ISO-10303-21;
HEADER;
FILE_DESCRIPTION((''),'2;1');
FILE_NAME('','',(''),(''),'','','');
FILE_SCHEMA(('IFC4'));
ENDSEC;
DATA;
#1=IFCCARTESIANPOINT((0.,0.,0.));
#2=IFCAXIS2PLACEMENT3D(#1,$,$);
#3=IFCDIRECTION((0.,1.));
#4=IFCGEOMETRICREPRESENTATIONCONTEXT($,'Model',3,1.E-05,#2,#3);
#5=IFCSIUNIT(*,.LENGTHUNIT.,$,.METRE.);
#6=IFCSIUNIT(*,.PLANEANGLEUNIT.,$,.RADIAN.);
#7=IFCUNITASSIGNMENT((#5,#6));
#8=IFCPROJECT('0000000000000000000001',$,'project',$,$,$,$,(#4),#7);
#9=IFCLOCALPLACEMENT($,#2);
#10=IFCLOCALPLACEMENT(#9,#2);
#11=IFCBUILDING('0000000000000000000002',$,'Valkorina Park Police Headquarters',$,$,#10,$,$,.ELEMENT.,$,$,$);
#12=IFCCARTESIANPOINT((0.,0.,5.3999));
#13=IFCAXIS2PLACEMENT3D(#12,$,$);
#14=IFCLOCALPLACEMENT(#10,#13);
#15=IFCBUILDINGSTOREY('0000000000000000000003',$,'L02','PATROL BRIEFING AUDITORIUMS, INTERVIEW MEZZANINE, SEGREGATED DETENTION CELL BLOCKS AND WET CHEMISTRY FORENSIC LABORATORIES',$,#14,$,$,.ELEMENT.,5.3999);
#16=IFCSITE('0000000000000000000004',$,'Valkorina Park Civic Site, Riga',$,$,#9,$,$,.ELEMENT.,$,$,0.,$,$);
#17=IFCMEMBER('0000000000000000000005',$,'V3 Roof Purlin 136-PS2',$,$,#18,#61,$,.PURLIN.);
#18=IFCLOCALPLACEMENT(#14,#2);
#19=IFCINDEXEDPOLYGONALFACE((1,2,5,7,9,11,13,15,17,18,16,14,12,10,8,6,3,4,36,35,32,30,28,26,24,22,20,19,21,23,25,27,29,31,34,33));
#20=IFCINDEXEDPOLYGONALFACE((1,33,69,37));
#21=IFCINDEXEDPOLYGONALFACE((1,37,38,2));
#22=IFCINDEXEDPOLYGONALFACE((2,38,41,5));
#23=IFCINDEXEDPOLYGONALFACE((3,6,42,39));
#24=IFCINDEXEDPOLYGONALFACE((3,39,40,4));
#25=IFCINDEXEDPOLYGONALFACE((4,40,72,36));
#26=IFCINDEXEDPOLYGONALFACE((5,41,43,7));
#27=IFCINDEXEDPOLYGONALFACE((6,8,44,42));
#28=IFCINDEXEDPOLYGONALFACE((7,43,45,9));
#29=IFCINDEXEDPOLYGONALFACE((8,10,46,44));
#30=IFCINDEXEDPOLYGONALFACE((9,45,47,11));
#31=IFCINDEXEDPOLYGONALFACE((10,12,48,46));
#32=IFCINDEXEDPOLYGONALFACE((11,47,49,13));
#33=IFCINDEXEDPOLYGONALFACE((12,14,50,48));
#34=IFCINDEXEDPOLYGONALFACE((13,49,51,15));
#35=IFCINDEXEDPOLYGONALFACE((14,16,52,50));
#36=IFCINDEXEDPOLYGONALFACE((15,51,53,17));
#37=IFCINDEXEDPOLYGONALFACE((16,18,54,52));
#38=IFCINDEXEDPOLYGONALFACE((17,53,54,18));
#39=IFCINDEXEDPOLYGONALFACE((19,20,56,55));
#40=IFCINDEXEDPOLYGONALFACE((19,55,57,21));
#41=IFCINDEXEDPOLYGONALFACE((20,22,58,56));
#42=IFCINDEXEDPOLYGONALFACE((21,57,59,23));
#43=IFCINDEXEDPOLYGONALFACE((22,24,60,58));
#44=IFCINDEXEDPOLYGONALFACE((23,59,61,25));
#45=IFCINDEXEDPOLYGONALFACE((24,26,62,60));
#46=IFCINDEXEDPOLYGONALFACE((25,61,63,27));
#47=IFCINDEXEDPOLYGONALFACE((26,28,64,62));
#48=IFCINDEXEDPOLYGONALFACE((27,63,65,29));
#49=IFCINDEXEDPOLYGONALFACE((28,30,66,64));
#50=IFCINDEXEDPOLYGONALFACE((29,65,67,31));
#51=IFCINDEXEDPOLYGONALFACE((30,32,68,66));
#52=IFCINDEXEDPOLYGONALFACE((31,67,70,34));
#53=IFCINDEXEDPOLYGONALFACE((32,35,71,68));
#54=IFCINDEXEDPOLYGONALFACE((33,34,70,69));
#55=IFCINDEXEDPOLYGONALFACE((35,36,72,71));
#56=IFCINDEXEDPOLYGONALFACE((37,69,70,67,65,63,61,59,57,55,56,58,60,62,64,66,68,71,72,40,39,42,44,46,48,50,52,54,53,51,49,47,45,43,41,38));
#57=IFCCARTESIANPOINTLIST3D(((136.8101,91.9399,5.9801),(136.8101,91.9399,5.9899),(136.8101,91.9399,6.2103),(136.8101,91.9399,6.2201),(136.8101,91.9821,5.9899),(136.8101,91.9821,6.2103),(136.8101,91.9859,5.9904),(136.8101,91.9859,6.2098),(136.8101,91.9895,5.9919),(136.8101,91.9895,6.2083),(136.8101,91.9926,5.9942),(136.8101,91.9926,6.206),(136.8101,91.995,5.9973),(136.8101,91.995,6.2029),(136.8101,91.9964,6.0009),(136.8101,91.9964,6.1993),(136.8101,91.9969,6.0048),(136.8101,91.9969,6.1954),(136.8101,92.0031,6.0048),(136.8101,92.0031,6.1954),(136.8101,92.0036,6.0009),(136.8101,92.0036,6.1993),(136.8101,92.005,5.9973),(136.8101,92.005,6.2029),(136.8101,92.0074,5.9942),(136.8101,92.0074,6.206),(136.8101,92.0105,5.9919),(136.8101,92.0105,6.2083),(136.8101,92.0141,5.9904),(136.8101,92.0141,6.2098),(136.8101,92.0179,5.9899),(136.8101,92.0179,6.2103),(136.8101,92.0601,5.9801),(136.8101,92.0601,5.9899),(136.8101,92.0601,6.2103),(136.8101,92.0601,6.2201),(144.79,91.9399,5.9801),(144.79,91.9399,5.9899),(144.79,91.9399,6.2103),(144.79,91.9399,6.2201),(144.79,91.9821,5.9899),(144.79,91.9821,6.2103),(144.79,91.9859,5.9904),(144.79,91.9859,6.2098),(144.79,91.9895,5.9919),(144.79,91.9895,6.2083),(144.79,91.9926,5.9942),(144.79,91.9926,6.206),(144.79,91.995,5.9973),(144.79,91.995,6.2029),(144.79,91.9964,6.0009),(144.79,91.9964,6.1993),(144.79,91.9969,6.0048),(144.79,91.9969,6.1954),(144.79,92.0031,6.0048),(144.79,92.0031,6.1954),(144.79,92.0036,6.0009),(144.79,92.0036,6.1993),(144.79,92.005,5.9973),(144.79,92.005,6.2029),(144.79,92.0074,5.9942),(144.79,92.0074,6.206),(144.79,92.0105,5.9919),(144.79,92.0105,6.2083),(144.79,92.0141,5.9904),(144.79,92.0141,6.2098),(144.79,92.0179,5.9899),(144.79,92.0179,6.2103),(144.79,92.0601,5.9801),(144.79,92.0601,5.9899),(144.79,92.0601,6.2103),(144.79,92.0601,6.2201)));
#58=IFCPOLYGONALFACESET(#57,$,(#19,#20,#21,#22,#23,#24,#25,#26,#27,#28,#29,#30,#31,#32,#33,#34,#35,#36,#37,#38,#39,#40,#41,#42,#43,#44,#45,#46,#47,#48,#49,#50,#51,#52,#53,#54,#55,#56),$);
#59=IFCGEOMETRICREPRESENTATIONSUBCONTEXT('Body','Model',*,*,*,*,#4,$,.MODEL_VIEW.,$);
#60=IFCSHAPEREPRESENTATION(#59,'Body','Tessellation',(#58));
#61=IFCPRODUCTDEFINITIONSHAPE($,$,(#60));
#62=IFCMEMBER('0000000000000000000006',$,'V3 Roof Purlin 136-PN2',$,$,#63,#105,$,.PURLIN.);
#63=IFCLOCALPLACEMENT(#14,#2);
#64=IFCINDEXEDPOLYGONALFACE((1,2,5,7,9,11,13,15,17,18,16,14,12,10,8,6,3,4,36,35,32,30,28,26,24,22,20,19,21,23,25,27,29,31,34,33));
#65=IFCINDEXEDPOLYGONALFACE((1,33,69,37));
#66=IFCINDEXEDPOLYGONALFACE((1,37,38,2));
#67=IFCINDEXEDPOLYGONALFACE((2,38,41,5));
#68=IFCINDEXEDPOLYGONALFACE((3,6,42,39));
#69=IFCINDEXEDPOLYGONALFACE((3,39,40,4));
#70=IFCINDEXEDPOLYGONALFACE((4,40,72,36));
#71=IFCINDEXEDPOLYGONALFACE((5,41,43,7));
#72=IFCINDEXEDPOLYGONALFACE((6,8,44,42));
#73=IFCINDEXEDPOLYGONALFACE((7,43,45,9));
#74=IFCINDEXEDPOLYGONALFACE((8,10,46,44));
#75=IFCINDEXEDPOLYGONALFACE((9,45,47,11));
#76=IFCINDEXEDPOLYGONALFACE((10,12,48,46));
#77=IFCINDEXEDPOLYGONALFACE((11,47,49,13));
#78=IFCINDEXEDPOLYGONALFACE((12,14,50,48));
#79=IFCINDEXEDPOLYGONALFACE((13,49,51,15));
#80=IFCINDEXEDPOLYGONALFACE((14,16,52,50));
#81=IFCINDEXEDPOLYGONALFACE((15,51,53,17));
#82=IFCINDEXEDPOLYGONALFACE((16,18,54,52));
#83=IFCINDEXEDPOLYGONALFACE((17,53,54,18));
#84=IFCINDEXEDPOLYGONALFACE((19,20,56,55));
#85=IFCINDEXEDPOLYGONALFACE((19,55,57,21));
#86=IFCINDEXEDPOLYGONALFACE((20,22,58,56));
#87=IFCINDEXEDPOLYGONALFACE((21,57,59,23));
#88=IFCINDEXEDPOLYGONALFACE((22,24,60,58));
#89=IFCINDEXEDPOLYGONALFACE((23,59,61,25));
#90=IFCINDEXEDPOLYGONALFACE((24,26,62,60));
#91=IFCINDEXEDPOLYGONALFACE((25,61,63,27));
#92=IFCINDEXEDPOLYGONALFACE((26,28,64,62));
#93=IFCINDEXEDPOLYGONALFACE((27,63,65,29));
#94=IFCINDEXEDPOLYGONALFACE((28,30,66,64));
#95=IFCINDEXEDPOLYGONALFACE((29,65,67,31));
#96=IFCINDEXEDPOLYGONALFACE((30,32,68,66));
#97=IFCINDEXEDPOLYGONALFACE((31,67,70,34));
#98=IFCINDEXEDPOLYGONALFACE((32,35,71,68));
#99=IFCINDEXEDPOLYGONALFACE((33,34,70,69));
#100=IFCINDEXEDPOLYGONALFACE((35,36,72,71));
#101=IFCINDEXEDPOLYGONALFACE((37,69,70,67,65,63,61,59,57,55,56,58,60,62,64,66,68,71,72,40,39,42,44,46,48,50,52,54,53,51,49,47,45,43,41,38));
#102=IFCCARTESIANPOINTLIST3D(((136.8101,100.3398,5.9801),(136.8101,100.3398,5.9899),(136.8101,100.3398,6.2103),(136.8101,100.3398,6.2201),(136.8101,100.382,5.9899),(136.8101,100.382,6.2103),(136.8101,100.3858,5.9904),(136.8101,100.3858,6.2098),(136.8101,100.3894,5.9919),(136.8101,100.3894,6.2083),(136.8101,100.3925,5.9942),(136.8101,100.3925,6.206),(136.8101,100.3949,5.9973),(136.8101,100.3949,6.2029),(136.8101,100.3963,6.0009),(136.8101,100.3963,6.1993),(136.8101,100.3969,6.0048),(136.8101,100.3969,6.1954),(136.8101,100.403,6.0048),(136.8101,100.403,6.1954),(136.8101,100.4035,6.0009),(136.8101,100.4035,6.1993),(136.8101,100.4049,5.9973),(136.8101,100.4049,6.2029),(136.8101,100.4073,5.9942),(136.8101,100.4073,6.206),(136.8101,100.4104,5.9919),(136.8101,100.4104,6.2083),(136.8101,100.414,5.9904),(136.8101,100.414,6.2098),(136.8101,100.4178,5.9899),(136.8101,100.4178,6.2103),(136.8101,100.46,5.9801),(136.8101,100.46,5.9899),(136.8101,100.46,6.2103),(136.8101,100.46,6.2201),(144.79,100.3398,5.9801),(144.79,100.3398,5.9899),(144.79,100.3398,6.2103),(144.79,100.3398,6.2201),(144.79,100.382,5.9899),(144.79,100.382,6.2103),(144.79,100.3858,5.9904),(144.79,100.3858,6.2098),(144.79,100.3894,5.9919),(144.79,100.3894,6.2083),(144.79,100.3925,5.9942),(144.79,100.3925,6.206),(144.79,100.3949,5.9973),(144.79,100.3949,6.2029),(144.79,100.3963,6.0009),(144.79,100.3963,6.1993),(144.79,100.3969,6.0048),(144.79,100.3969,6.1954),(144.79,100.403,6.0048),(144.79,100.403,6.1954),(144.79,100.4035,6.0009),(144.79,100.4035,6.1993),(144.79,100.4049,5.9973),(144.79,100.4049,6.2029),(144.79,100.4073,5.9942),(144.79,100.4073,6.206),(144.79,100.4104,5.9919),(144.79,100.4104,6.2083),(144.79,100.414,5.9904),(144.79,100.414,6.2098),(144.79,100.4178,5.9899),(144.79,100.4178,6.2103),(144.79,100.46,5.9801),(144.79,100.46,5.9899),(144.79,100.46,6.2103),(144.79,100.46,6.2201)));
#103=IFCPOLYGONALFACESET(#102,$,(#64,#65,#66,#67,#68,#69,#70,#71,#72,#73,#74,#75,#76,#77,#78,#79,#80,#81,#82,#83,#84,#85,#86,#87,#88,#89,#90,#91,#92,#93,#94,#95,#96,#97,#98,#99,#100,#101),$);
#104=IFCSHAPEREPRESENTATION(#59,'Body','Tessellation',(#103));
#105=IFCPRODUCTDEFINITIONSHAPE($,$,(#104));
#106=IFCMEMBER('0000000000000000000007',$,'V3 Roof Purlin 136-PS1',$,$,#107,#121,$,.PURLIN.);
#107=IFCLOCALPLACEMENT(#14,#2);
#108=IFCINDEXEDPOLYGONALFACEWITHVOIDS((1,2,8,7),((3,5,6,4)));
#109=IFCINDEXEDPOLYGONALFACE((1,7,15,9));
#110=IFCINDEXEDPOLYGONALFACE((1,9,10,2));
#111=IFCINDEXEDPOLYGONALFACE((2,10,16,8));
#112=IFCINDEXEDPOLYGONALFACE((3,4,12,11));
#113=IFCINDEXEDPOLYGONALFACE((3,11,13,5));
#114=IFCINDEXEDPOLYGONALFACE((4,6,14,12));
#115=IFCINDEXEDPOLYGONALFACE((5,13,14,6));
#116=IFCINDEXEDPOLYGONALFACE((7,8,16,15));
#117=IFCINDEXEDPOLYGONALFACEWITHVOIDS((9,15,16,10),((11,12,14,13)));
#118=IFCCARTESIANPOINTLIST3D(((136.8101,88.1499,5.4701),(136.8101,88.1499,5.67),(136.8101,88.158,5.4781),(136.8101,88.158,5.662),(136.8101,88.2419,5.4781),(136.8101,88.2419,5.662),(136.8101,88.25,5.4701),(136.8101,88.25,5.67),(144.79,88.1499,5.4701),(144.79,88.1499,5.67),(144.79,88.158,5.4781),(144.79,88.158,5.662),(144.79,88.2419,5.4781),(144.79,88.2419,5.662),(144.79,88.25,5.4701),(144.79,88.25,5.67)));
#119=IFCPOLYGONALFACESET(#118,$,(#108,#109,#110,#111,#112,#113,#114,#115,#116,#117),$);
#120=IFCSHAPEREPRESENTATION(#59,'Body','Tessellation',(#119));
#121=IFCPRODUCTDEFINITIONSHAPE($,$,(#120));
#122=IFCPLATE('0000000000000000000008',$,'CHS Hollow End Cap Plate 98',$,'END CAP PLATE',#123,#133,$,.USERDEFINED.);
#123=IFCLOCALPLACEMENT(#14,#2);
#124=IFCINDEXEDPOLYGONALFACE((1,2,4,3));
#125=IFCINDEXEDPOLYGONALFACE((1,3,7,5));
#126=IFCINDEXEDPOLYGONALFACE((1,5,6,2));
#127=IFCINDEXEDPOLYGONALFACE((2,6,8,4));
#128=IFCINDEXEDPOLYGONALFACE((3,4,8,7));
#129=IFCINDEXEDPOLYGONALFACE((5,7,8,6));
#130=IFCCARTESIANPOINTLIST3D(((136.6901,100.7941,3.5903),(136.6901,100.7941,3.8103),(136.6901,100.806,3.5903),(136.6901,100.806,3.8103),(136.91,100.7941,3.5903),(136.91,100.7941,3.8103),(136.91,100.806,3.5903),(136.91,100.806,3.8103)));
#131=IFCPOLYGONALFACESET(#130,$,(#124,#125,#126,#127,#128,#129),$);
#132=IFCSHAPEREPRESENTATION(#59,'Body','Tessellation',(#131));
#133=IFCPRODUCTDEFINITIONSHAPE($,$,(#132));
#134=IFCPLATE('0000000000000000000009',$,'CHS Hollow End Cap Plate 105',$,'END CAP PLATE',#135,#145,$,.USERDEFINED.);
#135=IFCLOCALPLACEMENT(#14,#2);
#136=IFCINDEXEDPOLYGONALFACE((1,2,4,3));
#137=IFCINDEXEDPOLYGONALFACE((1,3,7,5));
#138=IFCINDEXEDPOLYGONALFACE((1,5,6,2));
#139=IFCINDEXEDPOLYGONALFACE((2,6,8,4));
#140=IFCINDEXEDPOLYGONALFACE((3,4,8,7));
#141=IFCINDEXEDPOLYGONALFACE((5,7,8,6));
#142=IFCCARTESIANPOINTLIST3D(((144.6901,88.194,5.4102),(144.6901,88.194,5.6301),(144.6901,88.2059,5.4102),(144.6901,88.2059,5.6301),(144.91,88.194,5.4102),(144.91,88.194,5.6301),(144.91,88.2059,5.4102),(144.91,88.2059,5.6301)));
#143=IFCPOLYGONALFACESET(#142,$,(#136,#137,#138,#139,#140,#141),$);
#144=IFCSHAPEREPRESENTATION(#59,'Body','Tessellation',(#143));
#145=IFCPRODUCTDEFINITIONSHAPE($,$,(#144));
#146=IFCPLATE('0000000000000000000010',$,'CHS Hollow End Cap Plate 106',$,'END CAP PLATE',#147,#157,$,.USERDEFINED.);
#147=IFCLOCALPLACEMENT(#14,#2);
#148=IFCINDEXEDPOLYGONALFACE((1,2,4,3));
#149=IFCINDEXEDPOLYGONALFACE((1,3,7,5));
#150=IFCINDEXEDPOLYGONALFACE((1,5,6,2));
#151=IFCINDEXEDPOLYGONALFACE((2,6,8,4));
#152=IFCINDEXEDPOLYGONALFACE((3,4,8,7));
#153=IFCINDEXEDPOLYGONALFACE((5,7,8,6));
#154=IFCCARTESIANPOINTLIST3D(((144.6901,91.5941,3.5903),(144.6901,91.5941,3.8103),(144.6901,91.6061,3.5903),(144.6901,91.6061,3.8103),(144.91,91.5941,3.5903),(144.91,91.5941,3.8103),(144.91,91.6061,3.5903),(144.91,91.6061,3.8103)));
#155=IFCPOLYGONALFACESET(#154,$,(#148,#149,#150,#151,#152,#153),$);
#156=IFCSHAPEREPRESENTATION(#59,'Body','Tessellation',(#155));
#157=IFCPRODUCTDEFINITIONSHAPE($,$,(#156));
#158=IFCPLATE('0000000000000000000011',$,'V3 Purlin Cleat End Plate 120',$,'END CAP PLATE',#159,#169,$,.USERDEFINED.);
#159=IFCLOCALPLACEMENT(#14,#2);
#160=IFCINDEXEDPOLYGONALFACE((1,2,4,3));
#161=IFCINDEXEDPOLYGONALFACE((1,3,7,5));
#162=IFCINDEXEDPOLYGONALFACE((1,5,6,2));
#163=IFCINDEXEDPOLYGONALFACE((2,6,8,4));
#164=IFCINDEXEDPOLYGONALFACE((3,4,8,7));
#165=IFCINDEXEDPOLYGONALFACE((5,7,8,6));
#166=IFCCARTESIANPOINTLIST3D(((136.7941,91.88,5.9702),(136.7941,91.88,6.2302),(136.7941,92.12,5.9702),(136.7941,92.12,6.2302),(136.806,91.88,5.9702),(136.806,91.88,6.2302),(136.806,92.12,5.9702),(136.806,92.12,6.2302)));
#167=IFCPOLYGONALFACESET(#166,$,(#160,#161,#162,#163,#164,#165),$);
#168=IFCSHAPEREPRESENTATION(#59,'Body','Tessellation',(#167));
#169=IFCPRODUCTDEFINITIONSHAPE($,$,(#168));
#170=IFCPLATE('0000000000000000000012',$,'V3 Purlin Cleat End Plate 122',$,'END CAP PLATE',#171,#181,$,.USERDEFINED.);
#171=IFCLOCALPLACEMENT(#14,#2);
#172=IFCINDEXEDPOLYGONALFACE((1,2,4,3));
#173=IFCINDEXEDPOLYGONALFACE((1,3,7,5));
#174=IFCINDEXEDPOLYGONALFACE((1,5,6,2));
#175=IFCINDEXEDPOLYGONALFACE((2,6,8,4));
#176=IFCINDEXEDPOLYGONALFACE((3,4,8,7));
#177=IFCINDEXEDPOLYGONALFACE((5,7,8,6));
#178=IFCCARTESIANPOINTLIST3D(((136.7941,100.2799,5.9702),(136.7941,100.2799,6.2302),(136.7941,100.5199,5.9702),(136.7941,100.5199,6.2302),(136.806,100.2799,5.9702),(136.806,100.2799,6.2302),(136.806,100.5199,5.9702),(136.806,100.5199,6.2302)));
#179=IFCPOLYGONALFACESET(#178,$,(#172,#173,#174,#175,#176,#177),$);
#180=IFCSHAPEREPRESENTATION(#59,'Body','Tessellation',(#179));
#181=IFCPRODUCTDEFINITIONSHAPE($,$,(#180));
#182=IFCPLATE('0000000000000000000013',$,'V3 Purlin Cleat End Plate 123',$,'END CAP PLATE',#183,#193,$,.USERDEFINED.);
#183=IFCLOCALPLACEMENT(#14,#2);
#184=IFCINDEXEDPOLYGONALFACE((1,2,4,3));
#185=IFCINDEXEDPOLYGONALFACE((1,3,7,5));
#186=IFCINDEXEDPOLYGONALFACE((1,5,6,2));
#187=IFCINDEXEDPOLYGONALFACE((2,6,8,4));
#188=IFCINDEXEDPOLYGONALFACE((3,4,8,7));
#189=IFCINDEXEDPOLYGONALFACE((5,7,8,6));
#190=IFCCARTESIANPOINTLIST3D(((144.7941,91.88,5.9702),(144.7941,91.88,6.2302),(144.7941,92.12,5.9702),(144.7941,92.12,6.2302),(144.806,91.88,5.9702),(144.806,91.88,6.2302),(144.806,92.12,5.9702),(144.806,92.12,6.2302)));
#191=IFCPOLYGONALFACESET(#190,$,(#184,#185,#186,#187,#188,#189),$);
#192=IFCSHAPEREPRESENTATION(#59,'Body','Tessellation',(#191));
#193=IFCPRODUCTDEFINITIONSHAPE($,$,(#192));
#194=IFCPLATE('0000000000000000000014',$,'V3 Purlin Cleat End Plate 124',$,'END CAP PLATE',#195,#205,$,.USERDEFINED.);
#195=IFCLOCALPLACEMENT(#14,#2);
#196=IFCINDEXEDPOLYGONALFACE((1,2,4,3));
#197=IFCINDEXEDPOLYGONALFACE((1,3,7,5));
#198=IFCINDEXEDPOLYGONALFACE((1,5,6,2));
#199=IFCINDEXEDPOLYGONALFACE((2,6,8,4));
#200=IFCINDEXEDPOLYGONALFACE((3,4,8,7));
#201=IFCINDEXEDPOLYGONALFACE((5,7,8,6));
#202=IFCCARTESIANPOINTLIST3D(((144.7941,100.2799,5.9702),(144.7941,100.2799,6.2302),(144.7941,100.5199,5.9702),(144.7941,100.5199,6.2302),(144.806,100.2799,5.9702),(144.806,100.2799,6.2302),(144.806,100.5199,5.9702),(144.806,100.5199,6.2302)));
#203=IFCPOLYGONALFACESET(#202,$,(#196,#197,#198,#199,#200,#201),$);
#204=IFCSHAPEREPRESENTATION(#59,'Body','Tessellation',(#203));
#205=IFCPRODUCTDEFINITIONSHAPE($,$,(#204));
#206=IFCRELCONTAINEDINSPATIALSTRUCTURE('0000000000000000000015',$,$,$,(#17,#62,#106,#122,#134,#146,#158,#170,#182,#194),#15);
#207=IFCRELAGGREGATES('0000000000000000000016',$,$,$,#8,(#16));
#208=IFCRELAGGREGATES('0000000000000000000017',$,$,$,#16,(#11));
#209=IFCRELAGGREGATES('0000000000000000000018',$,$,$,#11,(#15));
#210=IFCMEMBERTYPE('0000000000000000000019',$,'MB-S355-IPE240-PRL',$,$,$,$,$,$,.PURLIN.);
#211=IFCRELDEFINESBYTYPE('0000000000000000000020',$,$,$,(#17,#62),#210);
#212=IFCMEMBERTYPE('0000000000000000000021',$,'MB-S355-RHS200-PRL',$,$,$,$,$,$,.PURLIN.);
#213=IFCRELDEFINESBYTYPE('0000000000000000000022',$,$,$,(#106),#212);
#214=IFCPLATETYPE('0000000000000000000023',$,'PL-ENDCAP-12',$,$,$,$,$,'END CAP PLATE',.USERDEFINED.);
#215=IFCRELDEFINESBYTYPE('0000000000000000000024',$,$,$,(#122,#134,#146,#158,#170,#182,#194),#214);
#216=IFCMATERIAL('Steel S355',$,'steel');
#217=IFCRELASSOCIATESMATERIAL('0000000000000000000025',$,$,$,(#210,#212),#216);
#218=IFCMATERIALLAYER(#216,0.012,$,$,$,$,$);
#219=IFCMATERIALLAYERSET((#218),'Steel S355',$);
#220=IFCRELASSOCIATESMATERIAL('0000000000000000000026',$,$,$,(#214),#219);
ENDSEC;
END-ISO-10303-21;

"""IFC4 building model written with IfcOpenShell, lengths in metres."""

from ifc_helpers import new_model, si_unit, direction, frame, origin, origin_2d, place, context, subcontext, project, spatial, rectangle, hollow_rectangle, i_section, extrude, material, layer, layer_set, material_profile, profile_set, type_object, element, save


model = new_model("IFC4")

# Units and contexts
model_context = context("Model", 3, precision=1e-05, world=origin(), true_north=direction((0.0, 1.0)))
body_context = subcontext(model_context, "Body", "Model", "MODEL_VIEW")
ifc_project = project(units=[si_unit("LENGTHUNIT", "METRE"), si_unit("PLANEANGLEUNIT", "RADIAN")], contexts=[model_context])

# Site, building, storey
site_placement = place(None, origin())
site = spatial("IfcSite", under=ifc_project, at=site_placement, Name="Valkorina Park Civic Site, Riga", CompositionType="ELEMENT", RefElevation=0.0)
building_placement = place(site_placement, origin())
building = spatial("IfcBuilding", under=site, at=building_placement, Name="Valkorina Park Police Headquarters", CompositionType="ELEMENT")
storey_placement = place(building_placement, frame((0.0, 0.0, 5.3999)))
storey = spatial("IfcBuildingStorey", under=building, at=storey_placement, Name="L02", Description="PATROL BRIEFING AUDITORIUMS, INTERVIEW MEZZANINE, SEGREGATED DETENTION CELL BLOCKS AND WET CHEMISTRY FORENSIC LABORATORIES", CompositionType="ELEMENT", Elevation=5.3999)

# Members
ifc_material = material(Name="Steel S355", Category="steel")
ifc_material_profile_1 = material_profile(ifc_material, i_section(OverallWidth=0.1201, OverallDepth=0.24, WebThickness=0.0061, FlangeThickness=0.0098, FilletRadius=0.0149, at=origin_2d()), Name="IPE 240")
ifc_profile_set_1 = profile_set([ifc_material_profile_1], Name="Steel S355")
member_type_1 = type_object("IfcMemberType", Name="MB-S355-IPE240-PRL", PredefinedType="PURLIN", material=ifc_profile_set_1)
for number, where, z_axis, x_axis, name in (
    (1, (136.8101, 92.0, 6.1001), (1.0, 0.0, 0.0), (0.0, 1.0, 0.0), "V3 Roof Purlin 136-PS2"),
    (2, (136.8101, 100.3999, 6.1001), (1.0, 0.0, 0.0), (0.0, 1.0, 0.0), "V3 Roof Purlin 136-PN2"),
):
    element("IfcMember", number, at=place(storey_placement, frame(where, z_axis=z_axis, x_axis=x_axis)), inside=storey, type_object=member_type_1, Name=name, PredefinedType="PURLIN", context=body_context, shape_type="SweptSolid", body=[
        extrude(i_section(OverallWidth=0.1201, OverallDepth=0.24, WebThickness=0.0061, FlangeThickness=0.0098, FilletRadius=0.0149, at=origin_2d()), origin(), (0.0, 0.0, 1.0), 7.98),
    ])
ifc_material_profile_2 = material_profile(ifc_material, hollow_rectangle(XDim=0.1001, YDim=0.2, WallThickness=0.0081, at=origin_2d()), Name="RHS 200x100x8")
ifc_profile_set_2 = profile_set([ifc_material_profile_2], Name="Steel S355")
member_type_2 = type_object("IfcMemberType", Name="MB-S355-RHS200-PRL", PredefinedType="PURLIN", material=ifc_profile_set_2)
member_1_placement = place(storey_placement, frame((136.8101, 88.2, 5.5701), z_axis=(1.0, 0.0, 0.0), x_axis=(0.0, 1.0, 0.0)))
element("IfcMember", 3, at=member_1_placement, inside=storey, type_object=member_type_2, Name="V3 Roof Purlin 136-PS1", PredefinedType="PURLIN", context=body_context, shape_type="SweptSolid", body=[
    extrude(hollow_rectangle(XDim=0.1001, YDim=0.2, WallThickness=0.0081, at=origin_2d()), origin(), (0.0, 0.0, 1.0), 7.98),
])

# Plates
ifc_layer_1 = layer(ifc_material, 0.012)
ifc_layer_set_1 = layer_set([ifc_layer_1], Name="Steel S355")
plate_type_1 = type_object("IfcPlateType", Name="PL-ENDCAP-12", ElementType="END CAP PLATE", PredefinedType="USERDEFINED", material=ifc_layer_set_1)
for number, where, z_axis, x_axis, name in (
    (4, (136.8, 100.8, 3.5903), (0.0, 0.0, 1.0), (1.0, 0.0, 0.0), "CHS Hollow End Cap Plate 98"),
    (5, (144.8, 88.2, 5.4102), (0.0, 0.0, 1.0), (1.0, 0.0, 0.0), "CHS Hollow End Cap Plate 105"),
    (6, (144.8, 91.6001, 3.5903), (0.0, 0.0, 1.0), (1.0, 0.0, 0.0), "CHS Hollow End Cap Plate 106"),
):
    element("IfcPlate", number, at=place(storey_placement, frame(where, z_axis=z_axis, x_axis=x_axis)), inside=storey, type_object=plate_type_1, Name=name, ObjectType="END CAP PLATE", PredefinedType="USERDEFINED", context=body_context, shape_type="SweptSolid", body=[
        extrude(rectangle(XDim=0.22, YDim=0.012, at=origin_2d()), origin(), (0.0, 0.0, 1.0), 0.22),
    ])
for number, where, z_axis, x_axis, name in (
    (7, (136.8, 92.0, 5.9702), (0.0, 0.0, 1.0), (1.0, 0.0, 0.0), "V3 Purlin Cleat End Plate 120"),
    (8, (136.8, 100.3999, 5.9702), (0.0, 0.0, 1.0), (1.0, 0.0, 0.0), "V3 Purlin Cleat End Plate 122"),
    (9, (144.8, 92.0, 5.9702), (0.0, 0.0, 1.0), (1.0, 0.0, 0.0), "V3 Purlin Cleat End Plate 123"),
    (10, (144.8, 100.3999, 5.9702), (0.0, 0.0, 1.0), (1.0, 0.0, 0.0), "V3 Purlin Cleat End Plate 124"),
):
    element("IfcPlate", number, at=place(storey_placement, frame(where, z_axis=z_axis, x_axis=x_axis)), inside=storey, type_object=plate_type_1, Name=name, ObjectType="END CAP PLATE", PredefinedType="USERDEFINED", context=body_context, shape_type="SweptSolid", body=[
        extrude(rectangle(XDim=0.012, YDim=0.24, at=origin_2d()), origin(), (0.0, 0.0, 1.0), 0.26),
    ])

save(model, "model.ifc")
